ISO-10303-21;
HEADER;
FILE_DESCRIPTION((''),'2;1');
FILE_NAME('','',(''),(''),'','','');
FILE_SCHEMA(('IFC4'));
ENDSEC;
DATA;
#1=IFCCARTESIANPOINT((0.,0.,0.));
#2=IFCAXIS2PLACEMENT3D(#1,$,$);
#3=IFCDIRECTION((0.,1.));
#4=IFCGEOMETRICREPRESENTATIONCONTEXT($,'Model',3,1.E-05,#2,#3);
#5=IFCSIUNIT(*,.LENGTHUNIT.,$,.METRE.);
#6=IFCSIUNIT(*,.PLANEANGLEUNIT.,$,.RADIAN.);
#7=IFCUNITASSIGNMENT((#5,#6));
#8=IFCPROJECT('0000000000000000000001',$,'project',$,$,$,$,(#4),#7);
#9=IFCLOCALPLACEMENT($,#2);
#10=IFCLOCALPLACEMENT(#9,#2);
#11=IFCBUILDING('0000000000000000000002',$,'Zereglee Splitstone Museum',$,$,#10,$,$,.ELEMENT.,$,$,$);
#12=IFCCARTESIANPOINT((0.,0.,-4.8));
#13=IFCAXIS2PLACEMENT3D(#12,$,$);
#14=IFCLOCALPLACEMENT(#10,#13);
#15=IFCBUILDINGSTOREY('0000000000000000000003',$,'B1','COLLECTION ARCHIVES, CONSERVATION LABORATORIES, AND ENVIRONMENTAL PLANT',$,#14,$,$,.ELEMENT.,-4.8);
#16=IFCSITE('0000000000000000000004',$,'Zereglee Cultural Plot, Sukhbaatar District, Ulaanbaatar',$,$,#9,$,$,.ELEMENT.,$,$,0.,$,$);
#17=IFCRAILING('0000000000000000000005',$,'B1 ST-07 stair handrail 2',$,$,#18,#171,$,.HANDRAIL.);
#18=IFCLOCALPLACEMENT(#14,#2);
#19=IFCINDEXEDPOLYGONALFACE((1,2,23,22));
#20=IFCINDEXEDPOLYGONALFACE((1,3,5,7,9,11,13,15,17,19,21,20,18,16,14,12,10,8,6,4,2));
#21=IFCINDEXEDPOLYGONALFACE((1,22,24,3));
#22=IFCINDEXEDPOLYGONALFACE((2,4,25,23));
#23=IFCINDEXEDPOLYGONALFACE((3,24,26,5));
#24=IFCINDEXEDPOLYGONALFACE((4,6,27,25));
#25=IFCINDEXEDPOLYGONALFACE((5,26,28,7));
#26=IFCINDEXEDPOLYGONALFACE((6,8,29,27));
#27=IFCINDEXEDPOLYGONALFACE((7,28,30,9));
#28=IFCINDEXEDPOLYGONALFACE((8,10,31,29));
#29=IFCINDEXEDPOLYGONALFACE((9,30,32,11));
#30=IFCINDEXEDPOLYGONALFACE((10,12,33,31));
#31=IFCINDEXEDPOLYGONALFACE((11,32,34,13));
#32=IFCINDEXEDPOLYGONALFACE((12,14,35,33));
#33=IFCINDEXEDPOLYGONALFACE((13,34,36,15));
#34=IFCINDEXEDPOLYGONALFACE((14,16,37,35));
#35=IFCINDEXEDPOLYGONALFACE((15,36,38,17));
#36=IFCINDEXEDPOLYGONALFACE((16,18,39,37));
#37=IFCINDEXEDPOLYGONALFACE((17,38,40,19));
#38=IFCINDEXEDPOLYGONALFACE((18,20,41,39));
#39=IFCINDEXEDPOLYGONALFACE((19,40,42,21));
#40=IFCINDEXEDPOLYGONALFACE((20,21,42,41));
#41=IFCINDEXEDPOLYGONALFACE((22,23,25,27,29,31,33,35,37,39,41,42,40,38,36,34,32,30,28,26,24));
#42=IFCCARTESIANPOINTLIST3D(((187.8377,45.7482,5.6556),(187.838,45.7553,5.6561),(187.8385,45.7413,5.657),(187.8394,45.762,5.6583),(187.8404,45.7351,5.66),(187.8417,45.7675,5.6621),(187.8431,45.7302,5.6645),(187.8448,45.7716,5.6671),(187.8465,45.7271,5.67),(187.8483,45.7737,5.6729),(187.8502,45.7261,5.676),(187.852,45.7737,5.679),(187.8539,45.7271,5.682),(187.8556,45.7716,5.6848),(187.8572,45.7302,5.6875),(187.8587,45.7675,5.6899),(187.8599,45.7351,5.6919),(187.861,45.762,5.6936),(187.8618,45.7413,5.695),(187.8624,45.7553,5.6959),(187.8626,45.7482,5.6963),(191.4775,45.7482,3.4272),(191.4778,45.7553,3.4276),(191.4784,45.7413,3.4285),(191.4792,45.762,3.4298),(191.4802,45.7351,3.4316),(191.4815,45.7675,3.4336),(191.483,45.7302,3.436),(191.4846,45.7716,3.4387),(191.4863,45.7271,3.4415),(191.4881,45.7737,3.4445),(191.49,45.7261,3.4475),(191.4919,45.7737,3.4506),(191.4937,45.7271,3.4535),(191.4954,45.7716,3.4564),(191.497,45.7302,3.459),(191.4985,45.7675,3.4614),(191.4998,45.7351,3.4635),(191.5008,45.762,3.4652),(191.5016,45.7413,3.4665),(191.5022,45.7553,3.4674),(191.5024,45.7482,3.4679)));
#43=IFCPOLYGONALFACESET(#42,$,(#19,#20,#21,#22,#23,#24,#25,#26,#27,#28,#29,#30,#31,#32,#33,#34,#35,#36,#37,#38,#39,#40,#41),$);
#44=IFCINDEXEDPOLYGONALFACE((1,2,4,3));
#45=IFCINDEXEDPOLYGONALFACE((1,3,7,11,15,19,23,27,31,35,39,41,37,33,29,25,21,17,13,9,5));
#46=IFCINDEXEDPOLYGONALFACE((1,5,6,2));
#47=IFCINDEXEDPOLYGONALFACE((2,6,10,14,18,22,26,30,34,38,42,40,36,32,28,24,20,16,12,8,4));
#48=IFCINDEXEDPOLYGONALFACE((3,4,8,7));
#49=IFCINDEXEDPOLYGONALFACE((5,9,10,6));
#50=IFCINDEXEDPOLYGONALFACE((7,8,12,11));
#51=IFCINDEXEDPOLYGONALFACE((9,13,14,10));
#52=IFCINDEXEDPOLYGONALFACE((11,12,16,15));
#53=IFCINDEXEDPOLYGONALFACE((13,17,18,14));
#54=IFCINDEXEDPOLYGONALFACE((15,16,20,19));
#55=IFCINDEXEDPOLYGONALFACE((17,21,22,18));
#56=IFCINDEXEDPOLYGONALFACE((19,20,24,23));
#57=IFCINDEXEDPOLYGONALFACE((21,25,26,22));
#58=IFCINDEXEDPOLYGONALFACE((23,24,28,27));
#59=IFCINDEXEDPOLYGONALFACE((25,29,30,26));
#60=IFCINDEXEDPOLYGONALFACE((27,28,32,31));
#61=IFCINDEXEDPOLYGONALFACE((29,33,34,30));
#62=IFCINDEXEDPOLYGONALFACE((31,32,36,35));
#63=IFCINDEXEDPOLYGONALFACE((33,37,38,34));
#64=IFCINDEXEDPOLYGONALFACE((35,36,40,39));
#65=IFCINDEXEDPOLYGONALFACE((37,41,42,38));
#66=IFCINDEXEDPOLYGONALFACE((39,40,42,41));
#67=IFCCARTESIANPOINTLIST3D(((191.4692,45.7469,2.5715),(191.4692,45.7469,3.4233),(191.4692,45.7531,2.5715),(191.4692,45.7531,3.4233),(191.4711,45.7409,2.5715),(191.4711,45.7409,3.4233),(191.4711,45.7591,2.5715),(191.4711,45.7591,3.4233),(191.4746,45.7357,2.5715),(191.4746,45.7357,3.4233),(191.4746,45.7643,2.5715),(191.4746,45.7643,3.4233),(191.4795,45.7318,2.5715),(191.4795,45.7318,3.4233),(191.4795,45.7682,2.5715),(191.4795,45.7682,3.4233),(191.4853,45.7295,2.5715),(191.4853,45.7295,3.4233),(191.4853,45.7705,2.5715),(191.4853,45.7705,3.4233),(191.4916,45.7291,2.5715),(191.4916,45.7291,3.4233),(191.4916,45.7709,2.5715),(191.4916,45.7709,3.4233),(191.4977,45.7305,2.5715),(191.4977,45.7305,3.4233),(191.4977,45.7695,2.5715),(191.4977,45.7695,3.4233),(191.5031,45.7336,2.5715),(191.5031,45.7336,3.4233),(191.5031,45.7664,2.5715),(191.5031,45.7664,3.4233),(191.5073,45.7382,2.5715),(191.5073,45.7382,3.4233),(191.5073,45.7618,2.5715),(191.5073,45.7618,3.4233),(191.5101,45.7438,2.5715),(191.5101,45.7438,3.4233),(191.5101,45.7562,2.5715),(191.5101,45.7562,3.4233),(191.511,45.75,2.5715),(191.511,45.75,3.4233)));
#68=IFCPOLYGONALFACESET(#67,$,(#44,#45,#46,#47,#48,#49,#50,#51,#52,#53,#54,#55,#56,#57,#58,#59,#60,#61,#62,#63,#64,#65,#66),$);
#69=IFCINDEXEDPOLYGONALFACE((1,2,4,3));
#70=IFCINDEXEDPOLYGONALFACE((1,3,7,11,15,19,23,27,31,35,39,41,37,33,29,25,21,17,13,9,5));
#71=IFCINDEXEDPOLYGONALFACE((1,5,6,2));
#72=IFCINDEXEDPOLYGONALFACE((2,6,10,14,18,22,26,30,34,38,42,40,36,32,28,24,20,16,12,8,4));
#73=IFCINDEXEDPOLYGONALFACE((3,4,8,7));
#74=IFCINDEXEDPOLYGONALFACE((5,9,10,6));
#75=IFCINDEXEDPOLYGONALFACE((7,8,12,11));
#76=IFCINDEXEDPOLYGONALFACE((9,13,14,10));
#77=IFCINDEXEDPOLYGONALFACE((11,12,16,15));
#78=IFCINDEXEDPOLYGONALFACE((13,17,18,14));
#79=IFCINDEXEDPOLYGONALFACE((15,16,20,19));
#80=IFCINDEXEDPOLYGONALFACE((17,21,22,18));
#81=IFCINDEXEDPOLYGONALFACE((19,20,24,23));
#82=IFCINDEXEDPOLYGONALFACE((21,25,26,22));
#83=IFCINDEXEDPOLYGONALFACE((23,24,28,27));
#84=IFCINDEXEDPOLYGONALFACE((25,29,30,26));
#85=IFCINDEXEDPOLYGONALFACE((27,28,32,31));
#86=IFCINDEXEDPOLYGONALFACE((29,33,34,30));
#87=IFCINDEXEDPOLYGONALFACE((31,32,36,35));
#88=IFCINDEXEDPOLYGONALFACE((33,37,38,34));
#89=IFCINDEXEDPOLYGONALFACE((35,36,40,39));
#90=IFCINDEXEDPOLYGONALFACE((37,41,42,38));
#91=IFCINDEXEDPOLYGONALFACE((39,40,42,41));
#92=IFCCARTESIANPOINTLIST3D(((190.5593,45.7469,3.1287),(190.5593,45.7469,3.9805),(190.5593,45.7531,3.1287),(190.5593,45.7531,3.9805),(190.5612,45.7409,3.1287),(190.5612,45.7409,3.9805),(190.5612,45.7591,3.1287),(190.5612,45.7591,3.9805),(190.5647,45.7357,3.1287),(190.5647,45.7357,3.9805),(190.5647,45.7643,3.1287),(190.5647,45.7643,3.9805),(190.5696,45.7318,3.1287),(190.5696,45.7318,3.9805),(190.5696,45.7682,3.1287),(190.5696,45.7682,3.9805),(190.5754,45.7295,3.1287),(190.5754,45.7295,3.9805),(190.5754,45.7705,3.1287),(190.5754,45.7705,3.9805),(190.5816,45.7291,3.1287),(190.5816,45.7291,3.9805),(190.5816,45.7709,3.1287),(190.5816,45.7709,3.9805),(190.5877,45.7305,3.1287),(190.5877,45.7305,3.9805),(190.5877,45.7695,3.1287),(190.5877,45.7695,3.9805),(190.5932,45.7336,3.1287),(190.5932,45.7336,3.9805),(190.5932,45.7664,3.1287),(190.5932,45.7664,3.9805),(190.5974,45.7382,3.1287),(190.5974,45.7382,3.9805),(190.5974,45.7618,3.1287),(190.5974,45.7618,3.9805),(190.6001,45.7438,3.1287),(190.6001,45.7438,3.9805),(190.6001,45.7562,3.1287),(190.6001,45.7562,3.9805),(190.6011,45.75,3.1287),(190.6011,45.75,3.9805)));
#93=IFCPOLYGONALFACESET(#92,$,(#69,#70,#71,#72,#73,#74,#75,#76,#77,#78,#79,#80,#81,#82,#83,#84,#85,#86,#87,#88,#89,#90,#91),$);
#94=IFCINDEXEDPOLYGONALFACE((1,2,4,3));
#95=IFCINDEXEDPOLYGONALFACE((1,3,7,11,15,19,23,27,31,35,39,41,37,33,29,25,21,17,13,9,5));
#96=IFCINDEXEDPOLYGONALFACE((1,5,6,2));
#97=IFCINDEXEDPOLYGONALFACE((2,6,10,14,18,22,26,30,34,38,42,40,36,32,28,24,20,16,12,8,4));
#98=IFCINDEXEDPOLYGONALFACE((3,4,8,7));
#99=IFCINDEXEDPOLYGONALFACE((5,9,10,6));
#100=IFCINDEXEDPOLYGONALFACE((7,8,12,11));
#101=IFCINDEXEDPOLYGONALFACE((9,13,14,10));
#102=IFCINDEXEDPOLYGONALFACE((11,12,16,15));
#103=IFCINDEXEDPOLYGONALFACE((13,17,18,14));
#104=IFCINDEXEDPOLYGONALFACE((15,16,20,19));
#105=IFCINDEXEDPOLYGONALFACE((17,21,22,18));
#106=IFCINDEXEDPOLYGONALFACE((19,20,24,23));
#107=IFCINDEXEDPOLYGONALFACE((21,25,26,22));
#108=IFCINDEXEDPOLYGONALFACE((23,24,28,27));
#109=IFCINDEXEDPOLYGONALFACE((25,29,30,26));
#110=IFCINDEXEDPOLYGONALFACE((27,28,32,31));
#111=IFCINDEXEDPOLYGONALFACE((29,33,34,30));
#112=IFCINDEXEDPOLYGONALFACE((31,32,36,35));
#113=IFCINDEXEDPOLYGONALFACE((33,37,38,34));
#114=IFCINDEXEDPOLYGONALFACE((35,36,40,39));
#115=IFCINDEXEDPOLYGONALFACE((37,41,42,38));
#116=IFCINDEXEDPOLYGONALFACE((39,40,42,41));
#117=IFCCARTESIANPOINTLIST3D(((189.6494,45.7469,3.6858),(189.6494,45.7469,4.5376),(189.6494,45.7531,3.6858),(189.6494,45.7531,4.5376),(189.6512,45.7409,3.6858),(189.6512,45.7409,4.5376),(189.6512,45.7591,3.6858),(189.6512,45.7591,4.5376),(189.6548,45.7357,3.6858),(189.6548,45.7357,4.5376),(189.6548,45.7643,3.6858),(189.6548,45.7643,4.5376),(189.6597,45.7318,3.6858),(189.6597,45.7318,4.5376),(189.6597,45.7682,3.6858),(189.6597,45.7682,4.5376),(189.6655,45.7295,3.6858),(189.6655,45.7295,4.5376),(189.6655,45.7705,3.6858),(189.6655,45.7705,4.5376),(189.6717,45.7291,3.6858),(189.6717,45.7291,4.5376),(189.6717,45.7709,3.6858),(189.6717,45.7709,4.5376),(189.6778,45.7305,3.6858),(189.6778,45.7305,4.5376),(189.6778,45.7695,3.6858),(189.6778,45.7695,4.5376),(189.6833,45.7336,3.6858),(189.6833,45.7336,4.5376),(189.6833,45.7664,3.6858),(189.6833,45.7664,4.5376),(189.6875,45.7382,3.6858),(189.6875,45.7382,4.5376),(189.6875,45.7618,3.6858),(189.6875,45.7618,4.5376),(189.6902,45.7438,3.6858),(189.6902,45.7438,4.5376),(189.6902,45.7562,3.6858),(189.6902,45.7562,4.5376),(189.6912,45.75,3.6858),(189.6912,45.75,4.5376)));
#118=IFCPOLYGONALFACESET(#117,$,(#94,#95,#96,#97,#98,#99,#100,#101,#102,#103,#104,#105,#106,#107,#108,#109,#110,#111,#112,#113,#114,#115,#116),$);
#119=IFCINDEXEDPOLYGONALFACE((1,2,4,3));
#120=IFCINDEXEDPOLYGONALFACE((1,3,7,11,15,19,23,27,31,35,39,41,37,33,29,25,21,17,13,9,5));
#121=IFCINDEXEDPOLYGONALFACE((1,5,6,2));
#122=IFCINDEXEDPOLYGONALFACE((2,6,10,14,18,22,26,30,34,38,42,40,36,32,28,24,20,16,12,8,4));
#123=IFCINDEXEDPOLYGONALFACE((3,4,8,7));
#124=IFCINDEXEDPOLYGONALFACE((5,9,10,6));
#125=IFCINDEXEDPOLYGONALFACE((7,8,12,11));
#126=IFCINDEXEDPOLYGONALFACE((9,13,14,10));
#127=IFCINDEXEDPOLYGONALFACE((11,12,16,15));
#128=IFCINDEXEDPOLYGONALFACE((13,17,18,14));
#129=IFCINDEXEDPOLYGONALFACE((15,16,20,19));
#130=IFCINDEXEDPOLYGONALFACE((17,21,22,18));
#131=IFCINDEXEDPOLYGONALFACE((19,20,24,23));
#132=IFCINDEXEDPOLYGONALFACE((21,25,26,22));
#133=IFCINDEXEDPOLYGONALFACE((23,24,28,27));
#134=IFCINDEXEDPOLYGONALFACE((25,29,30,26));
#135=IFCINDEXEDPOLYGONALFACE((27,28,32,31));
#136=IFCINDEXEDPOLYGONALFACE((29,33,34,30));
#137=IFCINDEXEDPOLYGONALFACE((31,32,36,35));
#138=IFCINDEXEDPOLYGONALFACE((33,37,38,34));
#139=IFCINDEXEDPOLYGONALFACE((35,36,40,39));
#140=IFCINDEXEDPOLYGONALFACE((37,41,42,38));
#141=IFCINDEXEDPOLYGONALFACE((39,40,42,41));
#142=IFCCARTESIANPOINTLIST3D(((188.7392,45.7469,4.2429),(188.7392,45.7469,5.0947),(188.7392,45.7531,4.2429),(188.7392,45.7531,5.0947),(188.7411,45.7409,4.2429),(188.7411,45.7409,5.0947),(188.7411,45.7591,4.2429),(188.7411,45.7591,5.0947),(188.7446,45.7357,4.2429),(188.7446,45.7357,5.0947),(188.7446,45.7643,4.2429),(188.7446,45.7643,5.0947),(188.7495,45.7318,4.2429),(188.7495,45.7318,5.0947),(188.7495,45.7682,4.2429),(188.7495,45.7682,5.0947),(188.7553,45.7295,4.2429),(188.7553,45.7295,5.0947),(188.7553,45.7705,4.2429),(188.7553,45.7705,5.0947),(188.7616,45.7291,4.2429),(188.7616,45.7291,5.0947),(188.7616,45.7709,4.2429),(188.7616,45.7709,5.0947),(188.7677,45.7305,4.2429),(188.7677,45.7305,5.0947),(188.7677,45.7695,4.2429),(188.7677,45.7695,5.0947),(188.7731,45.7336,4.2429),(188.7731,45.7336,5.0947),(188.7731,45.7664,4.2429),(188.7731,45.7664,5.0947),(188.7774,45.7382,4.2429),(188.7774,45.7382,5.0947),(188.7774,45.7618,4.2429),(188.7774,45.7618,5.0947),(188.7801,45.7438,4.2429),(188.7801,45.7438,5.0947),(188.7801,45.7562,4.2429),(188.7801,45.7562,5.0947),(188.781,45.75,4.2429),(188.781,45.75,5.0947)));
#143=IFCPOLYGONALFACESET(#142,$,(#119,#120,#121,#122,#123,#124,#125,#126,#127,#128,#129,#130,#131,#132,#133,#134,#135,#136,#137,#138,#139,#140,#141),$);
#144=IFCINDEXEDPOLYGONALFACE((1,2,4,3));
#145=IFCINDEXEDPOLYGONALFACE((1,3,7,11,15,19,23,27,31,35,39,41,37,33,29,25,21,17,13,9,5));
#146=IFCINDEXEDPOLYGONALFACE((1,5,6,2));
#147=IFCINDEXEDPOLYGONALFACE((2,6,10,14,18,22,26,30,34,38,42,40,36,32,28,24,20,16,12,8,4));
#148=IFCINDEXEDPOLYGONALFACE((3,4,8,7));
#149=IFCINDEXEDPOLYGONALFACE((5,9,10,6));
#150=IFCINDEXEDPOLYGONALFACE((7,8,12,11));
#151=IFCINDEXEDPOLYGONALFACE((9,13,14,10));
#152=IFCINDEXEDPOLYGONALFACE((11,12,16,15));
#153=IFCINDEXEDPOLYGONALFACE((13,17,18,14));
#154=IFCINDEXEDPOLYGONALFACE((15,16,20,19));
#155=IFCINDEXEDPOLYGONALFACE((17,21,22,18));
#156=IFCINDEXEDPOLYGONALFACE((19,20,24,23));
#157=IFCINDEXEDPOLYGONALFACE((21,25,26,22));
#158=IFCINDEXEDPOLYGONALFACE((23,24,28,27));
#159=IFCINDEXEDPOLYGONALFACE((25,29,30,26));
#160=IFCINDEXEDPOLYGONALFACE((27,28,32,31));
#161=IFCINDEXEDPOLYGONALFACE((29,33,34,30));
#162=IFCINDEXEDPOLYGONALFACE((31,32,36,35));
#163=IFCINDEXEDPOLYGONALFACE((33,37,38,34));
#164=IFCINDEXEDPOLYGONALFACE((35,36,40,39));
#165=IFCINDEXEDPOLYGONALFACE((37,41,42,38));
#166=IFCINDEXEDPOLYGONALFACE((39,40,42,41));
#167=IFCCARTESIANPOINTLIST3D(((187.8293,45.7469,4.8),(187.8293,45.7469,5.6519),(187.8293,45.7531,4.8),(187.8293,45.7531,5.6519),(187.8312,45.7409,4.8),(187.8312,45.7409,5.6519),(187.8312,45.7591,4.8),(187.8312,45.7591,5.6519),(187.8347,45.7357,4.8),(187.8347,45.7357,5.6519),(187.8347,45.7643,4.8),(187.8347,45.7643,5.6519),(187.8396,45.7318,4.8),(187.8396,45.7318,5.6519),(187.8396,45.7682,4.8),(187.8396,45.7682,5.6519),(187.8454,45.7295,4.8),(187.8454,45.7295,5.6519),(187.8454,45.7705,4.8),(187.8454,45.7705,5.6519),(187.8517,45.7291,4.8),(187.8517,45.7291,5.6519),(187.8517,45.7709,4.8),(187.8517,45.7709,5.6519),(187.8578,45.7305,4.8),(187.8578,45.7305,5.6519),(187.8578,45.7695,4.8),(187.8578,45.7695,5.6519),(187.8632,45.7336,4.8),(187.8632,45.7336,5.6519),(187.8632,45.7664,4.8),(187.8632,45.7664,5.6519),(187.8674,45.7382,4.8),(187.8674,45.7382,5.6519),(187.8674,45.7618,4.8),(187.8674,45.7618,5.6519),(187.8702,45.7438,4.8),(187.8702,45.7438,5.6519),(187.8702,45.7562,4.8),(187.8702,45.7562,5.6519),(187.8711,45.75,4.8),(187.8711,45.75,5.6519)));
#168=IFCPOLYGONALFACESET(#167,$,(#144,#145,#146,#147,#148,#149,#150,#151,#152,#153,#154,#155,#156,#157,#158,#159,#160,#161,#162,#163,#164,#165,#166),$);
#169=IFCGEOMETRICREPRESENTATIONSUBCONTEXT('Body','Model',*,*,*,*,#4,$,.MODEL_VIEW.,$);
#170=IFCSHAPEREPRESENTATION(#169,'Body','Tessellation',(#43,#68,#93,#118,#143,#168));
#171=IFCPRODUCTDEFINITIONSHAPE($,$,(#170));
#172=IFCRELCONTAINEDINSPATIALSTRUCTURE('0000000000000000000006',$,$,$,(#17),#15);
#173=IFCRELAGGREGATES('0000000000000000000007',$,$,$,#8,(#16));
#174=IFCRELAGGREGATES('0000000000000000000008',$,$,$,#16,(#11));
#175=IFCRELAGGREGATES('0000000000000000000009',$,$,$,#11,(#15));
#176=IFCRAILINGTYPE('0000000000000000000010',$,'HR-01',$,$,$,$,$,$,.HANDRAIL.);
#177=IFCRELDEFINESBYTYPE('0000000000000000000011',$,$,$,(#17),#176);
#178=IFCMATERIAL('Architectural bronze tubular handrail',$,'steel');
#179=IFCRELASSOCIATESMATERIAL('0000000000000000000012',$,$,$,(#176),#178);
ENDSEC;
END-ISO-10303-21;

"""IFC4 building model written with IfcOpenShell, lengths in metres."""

from ifc_helpers import new_model, si_unit, direction, frame, origin, origin_2d, place, context, subcontext, project, spatial, circle, extrude, material, type_object, element, save


model = new_model("IFC4")

# Units and contexts
model_context = context("Model", 3, precision=1e-05, world=origin(), true_north=direction((0.0, 1.0)))
body_context = subcontext(model_context, "Body", "Model", "MODEL_VIEW")
ifc_project = project(units=[si_unit("LENGTHUNIT", "METRE"), si_unit("PLANEANGLEUNIT", "RADIAN")], contexts=[model_context])

# Site, building, storey
site_placement = place(None, origin())
site = spatial("IfcSite", under=ifc_project, at=site_placement, Name="Zereglee Cultural Plot, Sukhbaatar District, Ulaanbaatar", CompositionType="ELEMENT", RefElevation=0.0)
building_placement = place(site_placement, origin())
building = spatial("IfcBuilding", under=site, at=building_placement, Name="Zereglee Splitstone Museum", CompositionType="ELEMENT")
storey_placement = place(building_placement, frame((0.0, 0.0, -4.8)))
storey = spatial("IfcBuildingStorey", under=building, at=storey_placement, Name="B1", Description="COLLECTION ARCHIVES, CONSERVATION LABORATORIES, AND ENVIRONMENTAL PLANT", CompositionType="ELEMENT", Elevation=-4.8)

# Railing
ifc_material_1 = material(Name="Architectural bronze tubular handrail", Category="steel")
railing_type_1 = type_object("IfcRailingType", Name="HR-01", PredefinedType="HANDRAIL", material=ifc_material_1)
railing_1_placement = place(storey_placement, frame((191.49, 45.75, 2.5715)))
element("IfcRailing", 1, at=railing_1_placement, inside=storey, type_object=railing_type_1, Name="B1 ST-07 stair handrail 2", PredefinedType="HANDRAIL", context=body_context, shape_type="SweptSolid", body=[
    extrude(circle(Radius=0.0239, at=origin_2d()), frame((0.0, 0.0, 0.876), z_axis=(-0.85285, 0.0, 0.522156), x_axis=(0.0, -1.0, 0.0)), (0.0, 0.0, 1.0), 4.2678),
    extrude(circle(Radius=0.021, at=origin_2d()), origin(), (0.0, 0.0, 1.0), 0.8518),
    extrude(circle(Radius=0.021, at=origin_2d()), frame((-0.9099, 0.0, 0.5571)), (0.0, 0.0, 1.0), 0.8518),
    extrude(circle(Radius=0.021, at=origin_2d()), frame((-1.8198, 0.0, 1.1143)), (0.0, 0.0, 1.0), 0.8518),
    extrude(circle(Radius=0.021, at=origin_2d()), frame((-2.73, 0.0, 1.6714)), (0.0, 0.0, 1.0), 0.8518),
    extrude(circle(Radius=0.021, at=origin_2d()), frame((-3.6399, 0.0, 2.2285)), (0.0, 0.0, 1.0), 0.8518),
])

save(model, "model.ifc")
